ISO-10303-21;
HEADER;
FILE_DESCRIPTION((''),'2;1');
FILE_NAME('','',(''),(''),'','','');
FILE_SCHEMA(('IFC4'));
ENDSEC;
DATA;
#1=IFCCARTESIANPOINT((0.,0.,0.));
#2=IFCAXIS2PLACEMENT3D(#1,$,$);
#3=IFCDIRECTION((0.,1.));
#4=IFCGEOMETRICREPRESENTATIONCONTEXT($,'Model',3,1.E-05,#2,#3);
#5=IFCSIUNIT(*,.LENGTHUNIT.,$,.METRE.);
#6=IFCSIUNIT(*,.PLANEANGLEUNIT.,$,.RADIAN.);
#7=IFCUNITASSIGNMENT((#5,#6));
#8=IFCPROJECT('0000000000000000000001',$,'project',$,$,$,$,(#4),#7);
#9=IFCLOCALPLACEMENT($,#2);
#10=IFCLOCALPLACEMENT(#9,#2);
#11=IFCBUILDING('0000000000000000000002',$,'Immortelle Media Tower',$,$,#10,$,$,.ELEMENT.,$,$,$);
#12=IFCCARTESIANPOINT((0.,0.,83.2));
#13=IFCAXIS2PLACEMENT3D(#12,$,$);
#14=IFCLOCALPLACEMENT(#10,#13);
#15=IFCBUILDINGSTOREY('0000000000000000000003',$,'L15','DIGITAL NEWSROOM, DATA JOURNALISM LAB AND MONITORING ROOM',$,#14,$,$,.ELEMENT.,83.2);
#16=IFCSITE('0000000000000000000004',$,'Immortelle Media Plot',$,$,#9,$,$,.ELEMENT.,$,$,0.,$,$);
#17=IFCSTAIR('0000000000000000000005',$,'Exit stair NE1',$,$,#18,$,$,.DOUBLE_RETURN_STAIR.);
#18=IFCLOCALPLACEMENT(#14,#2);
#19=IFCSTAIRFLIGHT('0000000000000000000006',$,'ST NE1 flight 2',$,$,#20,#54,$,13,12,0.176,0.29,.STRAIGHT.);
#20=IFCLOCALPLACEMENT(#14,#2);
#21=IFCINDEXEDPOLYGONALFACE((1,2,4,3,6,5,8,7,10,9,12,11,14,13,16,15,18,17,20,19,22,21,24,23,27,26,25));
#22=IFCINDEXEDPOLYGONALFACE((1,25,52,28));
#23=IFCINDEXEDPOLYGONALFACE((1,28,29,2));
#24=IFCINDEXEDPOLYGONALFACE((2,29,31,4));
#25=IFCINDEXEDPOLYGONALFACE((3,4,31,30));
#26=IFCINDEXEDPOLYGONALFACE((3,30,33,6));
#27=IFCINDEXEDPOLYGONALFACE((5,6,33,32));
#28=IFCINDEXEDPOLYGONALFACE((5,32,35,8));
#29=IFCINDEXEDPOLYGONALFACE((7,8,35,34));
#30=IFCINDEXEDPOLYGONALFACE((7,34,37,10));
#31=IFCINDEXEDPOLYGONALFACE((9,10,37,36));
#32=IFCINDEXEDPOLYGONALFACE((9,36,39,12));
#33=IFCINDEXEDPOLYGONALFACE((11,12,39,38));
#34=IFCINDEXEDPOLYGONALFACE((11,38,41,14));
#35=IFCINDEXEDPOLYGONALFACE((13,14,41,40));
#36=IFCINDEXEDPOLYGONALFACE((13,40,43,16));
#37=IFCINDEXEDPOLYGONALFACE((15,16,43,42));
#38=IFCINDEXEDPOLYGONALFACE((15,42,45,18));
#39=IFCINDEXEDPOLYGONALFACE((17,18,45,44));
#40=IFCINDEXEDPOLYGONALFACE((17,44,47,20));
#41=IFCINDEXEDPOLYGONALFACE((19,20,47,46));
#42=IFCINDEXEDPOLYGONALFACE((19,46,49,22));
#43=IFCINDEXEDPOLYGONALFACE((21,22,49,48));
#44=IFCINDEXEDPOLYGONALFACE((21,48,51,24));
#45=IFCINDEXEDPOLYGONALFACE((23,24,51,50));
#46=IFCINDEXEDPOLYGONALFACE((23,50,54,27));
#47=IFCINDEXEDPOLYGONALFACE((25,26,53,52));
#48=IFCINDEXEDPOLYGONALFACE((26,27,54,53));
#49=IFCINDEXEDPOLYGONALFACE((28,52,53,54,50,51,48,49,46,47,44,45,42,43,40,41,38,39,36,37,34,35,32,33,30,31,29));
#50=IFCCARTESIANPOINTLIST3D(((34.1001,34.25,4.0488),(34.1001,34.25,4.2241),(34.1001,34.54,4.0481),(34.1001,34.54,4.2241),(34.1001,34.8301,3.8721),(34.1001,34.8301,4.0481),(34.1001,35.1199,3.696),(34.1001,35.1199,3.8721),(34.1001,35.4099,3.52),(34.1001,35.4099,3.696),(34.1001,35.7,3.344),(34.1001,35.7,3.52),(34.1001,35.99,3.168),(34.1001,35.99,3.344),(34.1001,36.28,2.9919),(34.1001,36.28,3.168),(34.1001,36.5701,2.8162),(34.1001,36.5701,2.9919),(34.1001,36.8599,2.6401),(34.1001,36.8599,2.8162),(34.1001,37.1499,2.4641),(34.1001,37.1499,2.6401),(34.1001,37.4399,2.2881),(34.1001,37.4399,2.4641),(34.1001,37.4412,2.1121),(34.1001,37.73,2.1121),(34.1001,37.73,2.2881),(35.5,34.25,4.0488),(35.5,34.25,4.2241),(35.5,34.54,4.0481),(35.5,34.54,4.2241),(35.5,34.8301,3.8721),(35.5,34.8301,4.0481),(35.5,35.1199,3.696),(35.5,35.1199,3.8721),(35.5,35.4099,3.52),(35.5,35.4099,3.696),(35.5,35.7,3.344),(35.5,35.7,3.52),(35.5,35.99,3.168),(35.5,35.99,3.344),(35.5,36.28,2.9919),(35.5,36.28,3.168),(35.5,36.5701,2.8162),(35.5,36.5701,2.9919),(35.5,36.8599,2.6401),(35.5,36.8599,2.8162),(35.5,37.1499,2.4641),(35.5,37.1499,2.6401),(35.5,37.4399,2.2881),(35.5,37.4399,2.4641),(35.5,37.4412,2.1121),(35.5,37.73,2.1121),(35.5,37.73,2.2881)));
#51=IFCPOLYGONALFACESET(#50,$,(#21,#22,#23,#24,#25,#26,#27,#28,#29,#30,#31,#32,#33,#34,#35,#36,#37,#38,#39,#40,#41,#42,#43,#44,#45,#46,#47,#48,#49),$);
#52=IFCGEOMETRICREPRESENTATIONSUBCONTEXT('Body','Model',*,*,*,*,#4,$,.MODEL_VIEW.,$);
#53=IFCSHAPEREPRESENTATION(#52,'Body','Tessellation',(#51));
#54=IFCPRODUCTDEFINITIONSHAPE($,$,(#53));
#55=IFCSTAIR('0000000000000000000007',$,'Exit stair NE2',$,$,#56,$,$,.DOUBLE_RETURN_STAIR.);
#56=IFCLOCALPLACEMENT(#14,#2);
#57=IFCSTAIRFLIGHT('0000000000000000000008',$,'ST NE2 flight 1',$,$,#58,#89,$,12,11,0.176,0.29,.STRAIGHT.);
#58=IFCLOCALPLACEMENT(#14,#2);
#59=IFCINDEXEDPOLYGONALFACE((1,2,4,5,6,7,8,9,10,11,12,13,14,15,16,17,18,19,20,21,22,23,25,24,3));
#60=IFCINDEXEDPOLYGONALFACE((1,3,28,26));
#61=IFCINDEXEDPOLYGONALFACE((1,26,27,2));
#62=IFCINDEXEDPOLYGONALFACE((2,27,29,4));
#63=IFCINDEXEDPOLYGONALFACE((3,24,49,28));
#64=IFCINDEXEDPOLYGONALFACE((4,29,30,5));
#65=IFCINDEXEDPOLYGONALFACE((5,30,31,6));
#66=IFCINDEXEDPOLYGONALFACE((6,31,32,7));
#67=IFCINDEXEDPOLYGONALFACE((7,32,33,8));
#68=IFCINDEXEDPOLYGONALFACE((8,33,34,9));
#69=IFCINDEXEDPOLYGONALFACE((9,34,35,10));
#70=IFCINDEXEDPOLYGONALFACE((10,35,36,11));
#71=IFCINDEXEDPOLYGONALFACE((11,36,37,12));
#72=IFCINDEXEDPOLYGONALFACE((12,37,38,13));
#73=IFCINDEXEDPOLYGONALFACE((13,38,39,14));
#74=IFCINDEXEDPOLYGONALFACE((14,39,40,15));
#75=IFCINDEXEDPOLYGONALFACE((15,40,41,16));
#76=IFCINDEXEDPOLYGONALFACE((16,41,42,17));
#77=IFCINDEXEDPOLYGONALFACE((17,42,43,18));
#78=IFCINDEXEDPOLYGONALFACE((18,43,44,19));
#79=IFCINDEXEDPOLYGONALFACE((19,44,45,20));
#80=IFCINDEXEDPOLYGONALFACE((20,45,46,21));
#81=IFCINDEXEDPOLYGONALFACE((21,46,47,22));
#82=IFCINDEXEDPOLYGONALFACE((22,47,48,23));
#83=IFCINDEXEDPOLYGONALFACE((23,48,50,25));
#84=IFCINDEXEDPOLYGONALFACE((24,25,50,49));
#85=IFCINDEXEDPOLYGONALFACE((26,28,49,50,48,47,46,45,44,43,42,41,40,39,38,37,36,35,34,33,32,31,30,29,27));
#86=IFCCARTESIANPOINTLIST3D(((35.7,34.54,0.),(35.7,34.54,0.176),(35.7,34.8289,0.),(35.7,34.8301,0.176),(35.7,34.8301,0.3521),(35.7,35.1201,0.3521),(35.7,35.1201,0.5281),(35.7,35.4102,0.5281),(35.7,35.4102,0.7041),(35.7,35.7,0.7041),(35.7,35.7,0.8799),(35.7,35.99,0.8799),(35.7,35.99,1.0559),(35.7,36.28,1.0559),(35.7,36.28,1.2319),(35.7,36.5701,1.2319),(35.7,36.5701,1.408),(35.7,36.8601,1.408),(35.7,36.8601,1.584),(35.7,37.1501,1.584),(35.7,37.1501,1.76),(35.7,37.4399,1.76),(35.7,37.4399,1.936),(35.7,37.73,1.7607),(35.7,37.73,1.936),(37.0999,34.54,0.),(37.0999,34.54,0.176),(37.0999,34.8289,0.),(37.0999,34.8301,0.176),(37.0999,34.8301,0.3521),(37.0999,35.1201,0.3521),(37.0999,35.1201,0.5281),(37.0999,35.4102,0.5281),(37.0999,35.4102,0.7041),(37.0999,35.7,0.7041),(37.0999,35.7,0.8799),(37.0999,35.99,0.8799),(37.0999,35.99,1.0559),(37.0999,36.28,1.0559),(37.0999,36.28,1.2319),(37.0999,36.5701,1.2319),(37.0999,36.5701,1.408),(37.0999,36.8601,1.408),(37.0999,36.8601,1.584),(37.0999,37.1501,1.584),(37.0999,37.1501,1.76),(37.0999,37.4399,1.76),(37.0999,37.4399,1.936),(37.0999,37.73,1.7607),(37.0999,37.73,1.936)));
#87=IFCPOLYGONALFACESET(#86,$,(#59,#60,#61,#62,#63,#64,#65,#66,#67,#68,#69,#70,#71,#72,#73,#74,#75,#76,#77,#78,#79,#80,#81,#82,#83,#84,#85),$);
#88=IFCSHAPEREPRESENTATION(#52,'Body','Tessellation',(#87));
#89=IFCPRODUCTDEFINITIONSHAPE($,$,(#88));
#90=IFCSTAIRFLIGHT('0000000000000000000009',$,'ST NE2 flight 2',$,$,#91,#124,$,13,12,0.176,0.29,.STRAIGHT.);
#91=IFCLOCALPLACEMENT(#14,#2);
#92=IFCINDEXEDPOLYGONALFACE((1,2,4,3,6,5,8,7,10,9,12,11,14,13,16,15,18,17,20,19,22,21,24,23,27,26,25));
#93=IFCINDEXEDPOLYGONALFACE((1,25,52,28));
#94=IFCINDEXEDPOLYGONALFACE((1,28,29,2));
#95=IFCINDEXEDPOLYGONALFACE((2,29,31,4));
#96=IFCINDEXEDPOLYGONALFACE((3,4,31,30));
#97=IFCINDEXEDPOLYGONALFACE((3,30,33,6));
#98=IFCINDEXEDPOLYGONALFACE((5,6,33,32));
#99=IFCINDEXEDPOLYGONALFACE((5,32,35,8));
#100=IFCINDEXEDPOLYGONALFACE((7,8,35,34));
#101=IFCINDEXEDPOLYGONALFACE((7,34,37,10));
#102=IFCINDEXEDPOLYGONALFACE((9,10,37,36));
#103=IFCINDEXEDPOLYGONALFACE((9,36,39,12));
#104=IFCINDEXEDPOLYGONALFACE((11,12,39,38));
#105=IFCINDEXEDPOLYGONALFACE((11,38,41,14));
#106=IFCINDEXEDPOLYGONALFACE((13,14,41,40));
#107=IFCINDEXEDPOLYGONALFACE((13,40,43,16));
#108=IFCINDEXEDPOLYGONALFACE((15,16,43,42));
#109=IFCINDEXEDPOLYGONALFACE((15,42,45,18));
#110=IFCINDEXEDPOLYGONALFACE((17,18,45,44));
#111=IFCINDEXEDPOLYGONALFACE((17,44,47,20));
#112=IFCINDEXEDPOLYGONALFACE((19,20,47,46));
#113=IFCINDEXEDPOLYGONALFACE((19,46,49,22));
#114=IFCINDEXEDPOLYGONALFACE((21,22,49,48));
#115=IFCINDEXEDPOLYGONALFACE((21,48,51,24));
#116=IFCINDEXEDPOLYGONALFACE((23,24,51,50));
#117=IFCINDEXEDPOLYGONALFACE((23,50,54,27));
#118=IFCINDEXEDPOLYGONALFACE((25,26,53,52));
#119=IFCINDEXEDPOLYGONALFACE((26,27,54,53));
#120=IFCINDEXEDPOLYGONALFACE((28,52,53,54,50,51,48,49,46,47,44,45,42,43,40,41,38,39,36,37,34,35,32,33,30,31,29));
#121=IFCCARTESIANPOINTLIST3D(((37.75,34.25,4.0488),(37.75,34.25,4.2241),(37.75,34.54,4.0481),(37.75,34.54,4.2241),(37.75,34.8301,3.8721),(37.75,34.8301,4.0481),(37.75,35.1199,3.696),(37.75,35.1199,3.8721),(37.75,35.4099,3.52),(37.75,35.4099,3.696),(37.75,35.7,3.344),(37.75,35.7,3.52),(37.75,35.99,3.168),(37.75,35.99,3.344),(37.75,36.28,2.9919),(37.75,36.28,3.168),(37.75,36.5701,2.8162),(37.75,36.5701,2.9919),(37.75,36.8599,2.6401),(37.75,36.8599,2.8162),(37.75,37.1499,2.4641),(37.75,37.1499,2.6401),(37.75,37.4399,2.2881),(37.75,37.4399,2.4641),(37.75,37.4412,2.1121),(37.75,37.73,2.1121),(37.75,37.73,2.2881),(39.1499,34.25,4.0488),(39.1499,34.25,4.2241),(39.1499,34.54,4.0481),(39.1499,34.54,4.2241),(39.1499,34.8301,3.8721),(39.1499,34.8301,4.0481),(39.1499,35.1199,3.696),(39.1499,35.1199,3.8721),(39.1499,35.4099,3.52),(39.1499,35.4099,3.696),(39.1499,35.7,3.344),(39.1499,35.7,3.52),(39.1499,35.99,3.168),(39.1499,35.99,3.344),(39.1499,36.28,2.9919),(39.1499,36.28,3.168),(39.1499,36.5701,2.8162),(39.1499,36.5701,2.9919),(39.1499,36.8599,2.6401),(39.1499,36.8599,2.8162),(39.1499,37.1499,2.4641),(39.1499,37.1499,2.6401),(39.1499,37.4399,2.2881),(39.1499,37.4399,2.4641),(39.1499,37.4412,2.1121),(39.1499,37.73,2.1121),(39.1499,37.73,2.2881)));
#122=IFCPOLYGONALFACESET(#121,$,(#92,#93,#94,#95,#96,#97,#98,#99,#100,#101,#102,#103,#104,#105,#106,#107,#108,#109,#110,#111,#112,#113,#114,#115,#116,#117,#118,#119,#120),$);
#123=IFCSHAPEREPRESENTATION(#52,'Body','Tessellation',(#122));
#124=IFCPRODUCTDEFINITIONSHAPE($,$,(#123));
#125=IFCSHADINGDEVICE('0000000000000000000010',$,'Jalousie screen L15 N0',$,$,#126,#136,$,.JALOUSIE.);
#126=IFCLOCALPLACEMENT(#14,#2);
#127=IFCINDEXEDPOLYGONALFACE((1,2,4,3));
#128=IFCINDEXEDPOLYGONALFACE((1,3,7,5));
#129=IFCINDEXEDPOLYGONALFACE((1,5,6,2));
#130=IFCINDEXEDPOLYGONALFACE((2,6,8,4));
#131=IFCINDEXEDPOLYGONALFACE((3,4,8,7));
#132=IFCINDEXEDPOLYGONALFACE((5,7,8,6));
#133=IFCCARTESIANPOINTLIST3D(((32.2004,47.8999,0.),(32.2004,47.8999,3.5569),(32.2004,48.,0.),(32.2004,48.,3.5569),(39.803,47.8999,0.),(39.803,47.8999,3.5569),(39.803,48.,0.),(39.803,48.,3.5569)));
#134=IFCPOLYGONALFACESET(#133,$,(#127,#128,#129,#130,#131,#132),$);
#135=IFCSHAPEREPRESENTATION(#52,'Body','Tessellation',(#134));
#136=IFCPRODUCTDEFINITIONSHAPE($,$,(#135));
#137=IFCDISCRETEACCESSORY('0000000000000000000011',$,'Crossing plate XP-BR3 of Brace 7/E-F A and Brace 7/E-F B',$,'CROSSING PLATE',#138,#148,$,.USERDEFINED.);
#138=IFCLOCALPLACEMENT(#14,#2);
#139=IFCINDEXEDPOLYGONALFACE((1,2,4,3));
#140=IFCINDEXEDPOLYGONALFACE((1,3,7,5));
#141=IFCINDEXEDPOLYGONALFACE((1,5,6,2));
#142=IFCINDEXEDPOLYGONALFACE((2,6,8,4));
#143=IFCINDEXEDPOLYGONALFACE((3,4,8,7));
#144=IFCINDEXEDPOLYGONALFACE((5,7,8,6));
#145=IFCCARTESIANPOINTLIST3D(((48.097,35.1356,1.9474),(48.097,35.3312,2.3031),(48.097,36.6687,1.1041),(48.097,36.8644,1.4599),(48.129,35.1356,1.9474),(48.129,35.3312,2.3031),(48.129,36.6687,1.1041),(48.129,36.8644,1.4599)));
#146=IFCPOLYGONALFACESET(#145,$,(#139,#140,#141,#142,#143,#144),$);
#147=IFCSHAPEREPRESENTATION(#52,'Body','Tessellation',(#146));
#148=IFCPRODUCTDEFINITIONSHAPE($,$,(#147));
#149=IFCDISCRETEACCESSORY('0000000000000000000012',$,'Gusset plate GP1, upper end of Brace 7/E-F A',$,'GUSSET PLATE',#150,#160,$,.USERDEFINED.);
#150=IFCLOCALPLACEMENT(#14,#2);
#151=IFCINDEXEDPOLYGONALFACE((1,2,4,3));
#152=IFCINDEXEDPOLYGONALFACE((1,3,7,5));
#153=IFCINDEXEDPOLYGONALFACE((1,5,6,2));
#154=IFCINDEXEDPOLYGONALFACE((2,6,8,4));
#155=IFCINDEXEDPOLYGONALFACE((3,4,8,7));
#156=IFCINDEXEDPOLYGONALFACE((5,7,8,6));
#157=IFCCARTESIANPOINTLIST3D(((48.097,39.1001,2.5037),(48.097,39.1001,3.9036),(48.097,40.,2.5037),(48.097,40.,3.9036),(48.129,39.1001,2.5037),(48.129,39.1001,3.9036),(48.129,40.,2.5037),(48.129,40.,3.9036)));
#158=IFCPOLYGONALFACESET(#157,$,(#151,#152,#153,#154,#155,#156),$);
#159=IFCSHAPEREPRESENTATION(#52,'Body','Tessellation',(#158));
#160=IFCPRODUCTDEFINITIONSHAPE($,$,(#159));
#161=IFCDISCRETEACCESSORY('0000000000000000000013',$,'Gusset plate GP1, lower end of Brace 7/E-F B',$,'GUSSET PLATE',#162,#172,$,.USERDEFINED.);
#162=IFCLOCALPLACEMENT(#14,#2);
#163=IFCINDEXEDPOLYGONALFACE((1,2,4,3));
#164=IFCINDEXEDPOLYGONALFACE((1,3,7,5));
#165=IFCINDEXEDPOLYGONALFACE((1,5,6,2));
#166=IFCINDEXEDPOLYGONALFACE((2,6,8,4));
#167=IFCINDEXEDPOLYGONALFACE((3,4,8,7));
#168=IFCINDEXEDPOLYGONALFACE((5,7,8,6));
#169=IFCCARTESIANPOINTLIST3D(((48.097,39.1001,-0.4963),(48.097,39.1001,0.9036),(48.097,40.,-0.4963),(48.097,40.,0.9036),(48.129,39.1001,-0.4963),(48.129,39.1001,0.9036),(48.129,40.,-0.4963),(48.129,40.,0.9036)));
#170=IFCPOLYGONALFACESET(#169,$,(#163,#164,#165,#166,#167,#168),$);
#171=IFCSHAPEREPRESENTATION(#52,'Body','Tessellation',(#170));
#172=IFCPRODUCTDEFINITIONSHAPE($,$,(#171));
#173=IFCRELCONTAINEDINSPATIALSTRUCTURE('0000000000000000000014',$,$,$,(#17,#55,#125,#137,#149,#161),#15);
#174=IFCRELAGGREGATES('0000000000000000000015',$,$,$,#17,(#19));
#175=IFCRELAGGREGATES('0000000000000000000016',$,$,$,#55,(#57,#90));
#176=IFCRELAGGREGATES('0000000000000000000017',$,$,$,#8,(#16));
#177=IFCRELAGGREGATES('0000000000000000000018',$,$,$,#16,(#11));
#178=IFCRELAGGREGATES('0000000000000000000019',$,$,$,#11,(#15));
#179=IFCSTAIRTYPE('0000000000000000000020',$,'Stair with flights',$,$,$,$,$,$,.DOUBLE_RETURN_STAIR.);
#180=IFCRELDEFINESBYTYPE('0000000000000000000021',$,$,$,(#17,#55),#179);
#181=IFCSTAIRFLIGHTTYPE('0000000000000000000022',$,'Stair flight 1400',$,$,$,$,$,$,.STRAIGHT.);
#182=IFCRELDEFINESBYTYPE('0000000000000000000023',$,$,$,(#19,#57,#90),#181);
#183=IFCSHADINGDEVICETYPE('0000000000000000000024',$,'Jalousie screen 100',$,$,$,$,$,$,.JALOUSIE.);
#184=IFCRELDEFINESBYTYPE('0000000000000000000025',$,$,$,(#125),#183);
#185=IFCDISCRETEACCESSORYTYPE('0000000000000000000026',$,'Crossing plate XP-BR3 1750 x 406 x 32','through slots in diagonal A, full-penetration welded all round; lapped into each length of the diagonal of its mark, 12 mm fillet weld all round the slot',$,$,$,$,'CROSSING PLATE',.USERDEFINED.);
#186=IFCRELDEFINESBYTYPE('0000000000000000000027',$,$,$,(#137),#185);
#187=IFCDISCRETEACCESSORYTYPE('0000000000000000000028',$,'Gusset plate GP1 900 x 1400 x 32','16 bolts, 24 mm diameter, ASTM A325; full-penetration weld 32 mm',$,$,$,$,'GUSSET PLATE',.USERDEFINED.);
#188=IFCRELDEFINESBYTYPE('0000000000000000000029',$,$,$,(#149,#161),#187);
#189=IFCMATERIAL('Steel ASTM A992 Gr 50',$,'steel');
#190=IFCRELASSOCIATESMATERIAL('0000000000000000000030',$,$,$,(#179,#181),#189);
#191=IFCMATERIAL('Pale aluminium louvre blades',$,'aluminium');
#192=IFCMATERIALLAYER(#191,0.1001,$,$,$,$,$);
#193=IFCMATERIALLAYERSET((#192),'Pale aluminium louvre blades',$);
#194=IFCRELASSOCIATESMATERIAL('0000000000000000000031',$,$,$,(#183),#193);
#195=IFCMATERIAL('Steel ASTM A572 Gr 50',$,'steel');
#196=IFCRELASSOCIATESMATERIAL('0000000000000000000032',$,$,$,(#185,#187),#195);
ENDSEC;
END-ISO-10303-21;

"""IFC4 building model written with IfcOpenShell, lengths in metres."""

from ifc_helpers import new_model, si_unit, direction, frame, origin, origin_2d, place, context, subcontext, project, spatial, polyline, rectangle, outline, extrude, material, layer, layer_set, material_profile, profile_set, type_object, element, aggregate, save


model = new_model("IFC4")

# Units and contexts
model_context = context("Model", 3, precision=1e-05, world=origin(), true_north=direction((0.0, 1.0)))
body_context = subcontext(model_context, "Body", "Model", "MODEL_VIEW")
ifc_project = project(units=[si_unit("LENGTHUNIT", "METRE"), si_unit("PLANEANGLEUNIT", "RADIAN")], contexts=[model_context])

# Site, building, storey
site_placement = place(None, origin())
site = spatial("IfcSite", under=ifc_project, at=site_placement, Name="Immortelle Media Plot", CompositionType="ELEMENT", RefElevation=0.0)
building_placement = place(site_placement, origin())
building = spatial("IfcBuilding", under=site, at=building_placement, Name="Immortelle Media Tower", CompositionType="ELEMENT")
storey_placement = place(building_placement, frame((0.0, 0.0, 83.2)))
storey = spatial("IfcBuildingStorey", under=building, at=storey_placement, Name="L15", Description="DIGITAL NEWSROOM, DATA JOURNALISM LAB AND MONITORING ROOM", CompositionType="ELEMENT", Elevation=83.2)

# Shared definitions
ifc_material_1 = material(Name="Steel ASTM A992 Gr 50", Category="steel")

# Stair, stair flight
stair_type = type_object("IfcStairType", Name="Stair with flights", PredefinedType="DOUBLE_RETURN_STAIR", material=ifc_material_1)
stair_1_placement = place(storey_placement, origin())
stair_1 = element("IfcStair", 1, at=stair_1_placement, inside=storey, type_object=stair_type, Name="Exit stair NE1", PredefinedType="DOUBLE_RETURN_STAIR")
stair_flight_type = type_object("IfcStairFlightType", Name="Stair flight 1400", PredefinedType="STRAIGHT", material=ifc_material_1)
stair_flight_1_placement = place(storey_placement, frame((34.8, 37.73, 2.1121), z_axis=(0.0, 0.0, 1.0), x_axis=(0.0, -1.0, 0.0)))
stair_flight_1 = element("IfcStairFlight", 2, at=stair_flight_1_placement, type_object=stair_flight_type, Name="ST NE1 flight 2", NumberOfRisers=13, NumberOfTreads=12, PredefinedType="STRAIGHT", RiserHeight=0.176, TreadLength=0.29, context=body_context, shape_type="SweptSolid", body=[
    extrude(outline(polyline([(0.0, 0.0), (0.0, 0.176), (0.29, 0.176), (0.29, 0.3521), (0.5801, 0.3521), (0.5801, 0.5281), (0.8701, 0.5281), (0.8701, 0.7041), (1.1599, 0.7041), (1.1599, 0.8799), (1.45, 0.8799), (1.45, 1.0559), (1.74, 1.0559), (1.74, 1.2319), (2.03, 1.2319), (2.03, 1.408), (2.3201, 1.408), (2.3201, 1.584), (2.6101, 1.584), (2.6101, 1.76), (2.8999, 1.76), (2.8999, 1.936), (3.1899, 1.936), (3.1899, 2.1121), (3.48, 2.1121), (3.48, 2.2881), (3.48, 1.9368), (0.2888, 0.0), (0.0, 0.0)])), frame((0.0, 0.7, 0.0), z_axis=(0.0, -1.0, 0.0), x_axis=(1.0, 0.0, 0.0)), (0.0, 0.0, 1.0), 1.3999),
])
aggregate(stair_1, [stair_flight_1])

# Stair, stair flights
stair_2_placement = place(storey_placement, origin())
stair_2 = element("IfcStair", 3, at=stair_2_placement, inside=storey, type_object=stair_type, Name="Exit stair NE2", PredefinedType="DOUBLE_RETURN_STAIR")
stair_flight_2_placement = place(storey_placement, frame((36.3999, 34.54, 0.0), z_axis=(0.0, 0.0, 1.0), x_axis=(0.0, 1.0, 0.0)))
stair_flight_2 = element("IfcStairFlight", 4, at=stair_flight_2_placement, type_object=stair_flight_type, Name="ST NE2 flight 1", NumberOfRisers=12, NumberOfTreads=11, PredefinedType="STRAIGHT", RiserHeight=0.176, TreadLength=0.29, context=body_context, shape_type="SweptSolid", body=[
    extrude(outline(polyline([(0.0, 0.0), (0.0, 0.176), (0.29, 0.176), (0.29, 0.3521), (0.5801, 0.3521), (0.5801, 0.5281), (0.8701, 0.5281), (0.8701, 0.7041), (1.1599, 0.7041), (1.1599, 0.8799), (1.45, 0.8799), (1.45, 1.0559), (1.74, 1.0559), (1.74, 1.2319), (2.03, 1.2319), (2.03, 1.408), (2.3201, 1.408), (2.3201, 1.584), (2.6101, 1.584), (2.6101, 1.76), (2.8999, 1.76), (2.8999, 1.936), (3.1899, 1.936), (3.1899, 2.1121), (3.1899, 1.7607), (0.2888, 0.0), (0.0, 0.0)])), frame((0.0, 0.7, 0.0), z_axis=(0.0, -1.0, 0.0), x_axis=(1.0, 0.0, 0.0)), (0.0, 0.0, 1.0), 1.3999),
])
stair_flight_3_placement = place(storey_placement, frame((38.45, 37.73, 2.1121), z_axis=(0.0, 0.0, 1.0), x_axis=(0.0, -1.0, 0.0)))
stair_flight_3 = element("IfcStairFlight", 5, at=stair_flight_3_placement, type_object=stair_flight_type, Name="ST NE2 flight 2", NumberOfRisers=13, NumberOfTreads=12, PredefinedType="STRAIGHT", RiserHeight=0.176, TreadLength=0.29, context=body_context, shape_type="SweptSolid", body=[
    extrude(outline(polyline([(0.0, 0.0), (0.0, 0.176), (0.29, 0.176), (0.29, 0.3521), (0.5801, 0.3521), (0.5801, 0.5281), (0.8701, 0.5281), (0.8701, 0.7041), (1.1599, 0.7041), (1.1599, 0.8799), (1.45, 0.8799), (1.45, 1.0559), (1.74, 1.0559), (1.74, 1.2319), (2.03, 1.2319), (2.03, 1.408), (2.3201, 1.408), (2.3201, 1.584), (2.6101, 1.584), (2.6101, 1.76), (2.8999, 1.76), (2.8999, 1.936), (3.1899, 1.936), (3.1899, 2.1121), (3.48, 2.1121), (3.48, 2.2881), (3.48, 1.9368), (0.2888, 0.0), (0.0, 0.0)])), frame((0.0, 0.7, 0.0), z_axis=(0.0, -1.0, 0.0), x_axis=(1.0, 0.0, 0.0)), (0.0, 0.0, 1.0), 1.3999),
])
aggregate(stair_2, [stair_flight_2, stair_flight_3])

# Shading device
ifc_material_2 = material(Name="Pale aluminium louvre blades", Category="aluminium")
ifc_layer_1 = layer(ifc_material_2, 0.1001)
ifc_layer_set_1 = layer_set([ifc_layer_1], Name="Pale aluminium louvre blades")
shading_device_type = type_object("IfcShadingDeviceType", Name="Jalousie screen 100", PredefinedType="JALOUSIE", material=ifc_layer_set_1)
shading_device_placement = place(storey_placement, frame((36.0017, 47.95, 0.0), z_axis=(0.0, 0.0, 1.0), x_axis=(-1.0, 0.0, 0.0)))
element("IfcShadingDevice", 6, at=shading_device_placement, inside=storey, type_object=shading_device_type, Name="Jalousie screen L15 N0", PredefinedType="JALOUSIE", context=body_context, shape_type="SweptSolid", body=[
    extrude(rectangle(XDim=7.6025, YDim=0.1001, at=origin_2d()), origin(), (0.0, 0.0, 1.0), 3.5569),
])

# Discrete accessories
ifc_material_3 = material(Name="Steel ASTM A572 Gr 50", Category="steel")
ifc_material_profile_1 = material_profile(ifc_material_3, rectangle(XDim=0.032, YDim=0.406, at=origin_2d()), Name="PL 32 x 406")
ifc_profile_set_1 = profile_set([ifc_material_profile_1], Name="Steel ASTM A572 Gr 50")
discrete_accessory_type_1 = type_object("IfcDiscreteAccessoryType", Name="Crossing plate XP-BR3 1750 x 406 x 32", Description="through slots in diagonal A, full-penetration welded all round; lapped into each length of the diagonal of its mark, 12 mm fillet weld all round the slot", ElementType="CROSSING PLATE", PredefinedType="USERDEFINED", material=ifc_profile_set_1)
discrete_accessory_placement = place(storey_placement, frame((48.113, 35.2334, 2.1252), z_axis=(0.0, 0.876216, -0.481919), x_axis=(-1.0, 0.0, 0.0)))
element("IfcDiscreteAccessory", 7, at=discrete_accessory_placement, inside=storey, type_object=discrete_accessory_type_1, Name="Crossing plate XP-BR3 of Brace 7/E-F A and Brace 7/E-F B", ObjectType="CROSSING PLATE", PredefinedType="USERDEFINED", context=body_context, shape_type="SweptSolid", body=[
    extrude(rectangle(XDim=0.032, YDim=0.406, at=origin_2d()), origin(), (0.0, 0.0, 1.0), 1.7498),
])
ifc_material_profile_2 = material_profile(ifc_material_3, rectangle(XDim=0.032, YDim=1.3999, at=origin_2d()), Name="PL 32 x 1400")
ifc_profile_set_2 = profile_set([ifc_material_profile_2], Name="Steel ASTM A572 Gr 50")
discrete_accessory_type_2 = type_object("IfcDiscreteAccessoryType", Name="Gusset plate GP1 900 x 1400 x 32", Description="16 bolts, 24 mm diameter, ASTM A325; full-penetration weld 32 mm", ElementType="GUSSET PLATE", PredefinedType="USERDEFINED", material=ifc_profile_set_2)
for number, where, z_axis, x_axis, name in (
    (8, (48.113, 40.0, 3.2036), (0.0, -1.0, 0.0), (1.0, 0.0, 0.0), "Gusset plate GP1, upper end of Brace 7/E-F A"),
    (9, (48.113, 40.0, 0.2036), (0.0, -1.0, 0.0), (1.0, 0.0, 0.0), "Gusset plate GP1, lower end of Brace 7/E-F B"),
):
    element("IfcDiscreteAccessory", number, at=place(storey_placement, frame(where, z_axis=z_axis, x_axis=x_axis)), inside=storey, type_object=discrete_accessory_type_2, Name=name, ObjectType="GUSSET PLATE", PredefinedType="USERDEFINED", context=body_context, shape_type="SweptSolid", body=[
        extrude(rectangle(XDim=0.032, YDim=1.3999, at=origin_2d()), origin(), (0.0, 0.0, 1.0), 0.8999),
    ])

save(model, "model.ifc")
